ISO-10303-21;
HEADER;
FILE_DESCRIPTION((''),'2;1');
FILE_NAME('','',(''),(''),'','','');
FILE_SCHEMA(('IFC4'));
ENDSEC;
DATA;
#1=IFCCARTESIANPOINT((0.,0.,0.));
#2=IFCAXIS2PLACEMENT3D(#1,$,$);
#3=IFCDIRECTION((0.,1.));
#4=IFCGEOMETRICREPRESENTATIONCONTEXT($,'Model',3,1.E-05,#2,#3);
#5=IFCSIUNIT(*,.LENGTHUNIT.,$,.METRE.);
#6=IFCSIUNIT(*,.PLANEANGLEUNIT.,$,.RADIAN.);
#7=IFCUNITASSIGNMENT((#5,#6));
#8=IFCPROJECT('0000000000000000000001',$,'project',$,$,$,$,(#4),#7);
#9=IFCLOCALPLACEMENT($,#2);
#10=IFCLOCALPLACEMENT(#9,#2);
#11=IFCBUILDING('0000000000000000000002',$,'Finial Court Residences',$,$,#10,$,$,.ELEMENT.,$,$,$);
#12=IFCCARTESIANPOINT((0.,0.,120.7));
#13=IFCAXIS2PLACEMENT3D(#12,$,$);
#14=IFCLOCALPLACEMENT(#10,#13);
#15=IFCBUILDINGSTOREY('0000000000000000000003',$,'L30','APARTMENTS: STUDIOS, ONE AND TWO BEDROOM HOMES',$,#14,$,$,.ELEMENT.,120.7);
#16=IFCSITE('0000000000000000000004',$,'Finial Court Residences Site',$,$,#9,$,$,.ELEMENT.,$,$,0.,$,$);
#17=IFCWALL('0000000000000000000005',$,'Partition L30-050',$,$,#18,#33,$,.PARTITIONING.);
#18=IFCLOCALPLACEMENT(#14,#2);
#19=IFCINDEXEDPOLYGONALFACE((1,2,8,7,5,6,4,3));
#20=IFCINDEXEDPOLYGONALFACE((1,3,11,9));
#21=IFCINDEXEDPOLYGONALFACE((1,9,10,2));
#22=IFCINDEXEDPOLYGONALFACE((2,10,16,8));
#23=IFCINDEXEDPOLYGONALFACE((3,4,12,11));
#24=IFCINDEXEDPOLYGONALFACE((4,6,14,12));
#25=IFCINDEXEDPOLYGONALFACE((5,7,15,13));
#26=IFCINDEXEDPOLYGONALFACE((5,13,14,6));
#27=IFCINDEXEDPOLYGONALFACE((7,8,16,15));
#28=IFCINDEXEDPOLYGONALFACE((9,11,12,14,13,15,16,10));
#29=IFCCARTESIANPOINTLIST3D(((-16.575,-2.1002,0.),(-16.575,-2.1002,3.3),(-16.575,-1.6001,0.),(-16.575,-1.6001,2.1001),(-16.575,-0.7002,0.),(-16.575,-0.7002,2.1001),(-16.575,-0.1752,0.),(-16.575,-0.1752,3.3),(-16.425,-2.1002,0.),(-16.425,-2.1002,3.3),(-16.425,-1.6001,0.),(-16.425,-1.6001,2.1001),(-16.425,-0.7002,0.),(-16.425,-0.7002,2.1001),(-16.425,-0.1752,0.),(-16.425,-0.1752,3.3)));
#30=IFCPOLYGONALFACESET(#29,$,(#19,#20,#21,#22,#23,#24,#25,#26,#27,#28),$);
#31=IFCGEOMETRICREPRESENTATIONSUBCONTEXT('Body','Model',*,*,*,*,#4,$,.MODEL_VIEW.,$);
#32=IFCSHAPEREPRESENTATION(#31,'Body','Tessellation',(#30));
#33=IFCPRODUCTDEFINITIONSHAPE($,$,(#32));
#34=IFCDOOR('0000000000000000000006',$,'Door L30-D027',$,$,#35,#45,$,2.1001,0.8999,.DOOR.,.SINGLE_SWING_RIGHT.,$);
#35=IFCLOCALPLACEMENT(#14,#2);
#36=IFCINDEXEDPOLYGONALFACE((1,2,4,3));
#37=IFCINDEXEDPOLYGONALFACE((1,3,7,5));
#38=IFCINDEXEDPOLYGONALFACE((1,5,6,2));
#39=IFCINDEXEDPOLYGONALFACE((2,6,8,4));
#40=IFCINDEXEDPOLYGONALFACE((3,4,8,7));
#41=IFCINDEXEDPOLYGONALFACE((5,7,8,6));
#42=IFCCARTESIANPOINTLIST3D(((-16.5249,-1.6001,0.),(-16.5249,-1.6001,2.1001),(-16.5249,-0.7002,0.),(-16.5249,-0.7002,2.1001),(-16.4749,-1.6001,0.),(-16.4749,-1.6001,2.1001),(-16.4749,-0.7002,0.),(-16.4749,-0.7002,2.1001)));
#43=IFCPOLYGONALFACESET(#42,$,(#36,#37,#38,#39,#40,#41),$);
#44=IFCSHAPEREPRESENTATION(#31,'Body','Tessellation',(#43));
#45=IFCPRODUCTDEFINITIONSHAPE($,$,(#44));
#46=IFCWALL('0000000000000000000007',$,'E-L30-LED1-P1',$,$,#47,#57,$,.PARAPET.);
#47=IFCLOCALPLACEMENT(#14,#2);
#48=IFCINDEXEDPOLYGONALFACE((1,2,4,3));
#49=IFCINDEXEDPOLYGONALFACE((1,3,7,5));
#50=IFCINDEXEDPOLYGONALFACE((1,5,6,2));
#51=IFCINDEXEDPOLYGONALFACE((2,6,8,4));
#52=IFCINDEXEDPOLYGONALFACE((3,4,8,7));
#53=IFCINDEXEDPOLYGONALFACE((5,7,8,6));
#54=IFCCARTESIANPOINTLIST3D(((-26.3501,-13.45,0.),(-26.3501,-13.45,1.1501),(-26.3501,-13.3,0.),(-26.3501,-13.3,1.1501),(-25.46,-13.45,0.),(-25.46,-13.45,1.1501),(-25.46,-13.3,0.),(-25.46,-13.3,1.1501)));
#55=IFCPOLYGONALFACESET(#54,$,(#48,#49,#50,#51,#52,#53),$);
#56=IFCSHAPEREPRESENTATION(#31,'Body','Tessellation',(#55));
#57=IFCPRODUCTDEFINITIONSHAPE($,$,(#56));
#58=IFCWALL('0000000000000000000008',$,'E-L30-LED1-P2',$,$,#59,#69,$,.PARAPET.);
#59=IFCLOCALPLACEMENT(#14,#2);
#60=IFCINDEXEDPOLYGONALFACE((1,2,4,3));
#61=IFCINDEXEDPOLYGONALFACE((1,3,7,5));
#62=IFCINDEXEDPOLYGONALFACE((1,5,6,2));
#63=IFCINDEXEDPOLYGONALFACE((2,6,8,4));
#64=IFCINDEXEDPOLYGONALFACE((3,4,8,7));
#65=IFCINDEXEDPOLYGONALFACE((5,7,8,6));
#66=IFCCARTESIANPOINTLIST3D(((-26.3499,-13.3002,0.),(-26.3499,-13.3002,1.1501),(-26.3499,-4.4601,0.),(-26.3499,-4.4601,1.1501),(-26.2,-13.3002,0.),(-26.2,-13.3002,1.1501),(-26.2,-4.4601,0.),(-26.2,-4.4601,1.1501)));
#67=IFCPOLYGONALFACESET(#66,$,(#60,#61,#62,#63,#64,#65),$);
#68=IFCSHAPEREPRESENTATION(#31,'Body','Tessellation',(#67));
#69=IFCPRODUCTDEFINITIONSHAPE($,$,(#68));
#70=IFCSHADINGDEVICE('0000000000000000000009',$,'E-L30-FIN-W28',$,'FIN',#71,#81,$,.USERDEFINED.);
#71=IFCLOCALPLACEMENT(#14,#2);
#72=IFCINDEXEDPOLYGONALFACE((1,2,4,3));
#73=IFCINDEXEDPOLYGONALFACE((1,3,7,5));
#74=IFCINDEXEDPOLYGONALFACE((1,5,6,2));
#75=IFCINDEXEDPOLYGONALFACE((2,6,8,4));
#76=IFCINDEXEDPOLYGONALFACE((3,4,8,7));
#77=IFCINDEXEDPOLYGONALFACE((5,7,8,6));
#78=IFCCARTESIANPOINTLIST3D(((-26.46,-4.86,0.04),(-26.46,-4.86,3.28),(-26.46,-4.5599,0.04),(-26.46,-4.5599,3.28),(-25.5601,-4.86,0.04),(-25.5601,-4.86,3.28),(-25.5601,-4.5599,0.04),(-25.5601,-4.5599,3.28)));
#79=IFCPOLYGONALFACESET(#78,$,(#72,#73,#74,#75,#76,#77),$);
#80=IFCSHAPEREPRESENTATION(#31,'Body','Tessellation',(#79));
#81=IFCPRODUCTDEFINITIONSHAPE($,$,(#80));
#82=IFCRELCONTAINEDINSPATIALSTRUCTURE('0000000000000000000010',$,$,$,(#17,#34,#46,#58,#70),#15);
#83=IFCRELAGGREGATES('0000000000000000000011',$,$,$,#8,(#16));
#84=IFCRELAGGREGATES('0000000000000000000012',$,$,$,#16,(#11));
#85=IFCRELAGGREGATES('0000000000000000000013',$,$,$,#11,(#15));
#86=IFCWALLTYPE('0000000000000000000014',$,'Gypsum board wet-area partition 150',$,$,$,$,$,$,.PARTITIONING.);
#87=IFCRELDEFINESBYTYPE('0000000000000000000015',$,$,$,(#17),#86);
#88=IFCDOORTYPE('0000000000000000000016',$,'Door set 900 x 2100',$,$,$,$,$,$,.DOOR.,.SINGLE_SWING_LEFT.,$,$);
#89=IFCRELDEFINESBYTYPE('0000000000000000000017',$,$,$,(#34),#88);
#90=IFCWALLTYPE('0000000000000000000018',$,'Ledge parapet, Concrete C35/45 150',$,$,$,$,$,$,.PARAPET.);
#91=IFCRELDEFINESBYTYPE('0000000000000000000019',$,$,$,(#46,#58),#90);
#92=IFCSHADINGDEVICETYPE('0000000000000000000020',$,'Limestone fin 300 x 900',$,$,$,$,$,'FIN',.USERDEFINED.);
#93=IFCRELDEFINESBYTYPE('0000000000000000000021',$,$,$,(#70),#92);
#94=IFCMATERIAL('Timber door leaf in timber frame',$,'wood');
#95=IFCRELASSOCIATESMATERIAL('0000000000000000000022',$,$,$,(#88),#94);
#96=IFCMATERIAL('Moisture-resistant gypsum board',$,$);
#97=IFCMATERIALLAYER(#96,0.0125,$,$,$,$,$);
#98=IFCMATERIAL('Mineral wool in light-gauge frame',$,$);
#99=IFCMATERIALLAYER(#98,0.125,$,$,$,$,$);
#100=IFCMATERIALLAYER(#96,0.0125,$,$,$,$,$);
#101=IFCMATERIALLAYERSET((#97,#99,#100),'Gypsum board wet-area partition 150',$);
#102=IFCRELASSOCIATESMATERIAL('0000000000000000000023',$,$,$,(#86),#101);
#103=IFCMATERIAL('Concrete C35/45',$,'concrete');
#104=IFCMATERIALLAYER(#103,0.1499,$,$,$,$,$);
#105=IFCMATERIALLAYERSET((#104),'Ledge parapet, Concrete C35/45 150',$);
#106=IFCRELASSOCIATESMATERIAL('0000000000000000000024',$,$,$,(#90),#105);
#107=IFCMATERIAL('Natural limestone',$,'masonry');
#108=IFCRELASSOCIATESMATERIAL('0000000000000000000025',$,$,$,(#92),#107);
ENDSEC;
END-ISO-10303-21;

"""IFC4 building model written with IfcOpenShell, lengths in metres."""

from ifc_helpers import new_model, si_unit, direction, frame, frame_2d, origin, origin_2d, place, context, subcontext, project, spatial, rectangle, extrude, material, layer, layer_set, type_object, element, fill, save


model = new_model("IFC4")

# Units and contexts
model_context = context("Model", 3, precision=1e-05, world=origin(), true_north=direction((0.0, 1.0)))
body_context = subcontext(model_context, "Body", "Model", "MODEL_VIEW")
ifc_project = project(units=[si_unit("LENGTHUNIT", "METRE"), si_unit("PLANEANGLEUNIT", "RADIAN")], contexts=[model_context])

# Site, building, storey
site_placement = place(None, origin())
site = spatial("IfcSite", under=ifc_project, at=site_placement, Name="Finial Court Residences Site", CompositionType="ELEMENT", RefElevation=0.0)
building_placement = place(site_placement, origin())
building = spatial("IfcBuilding", under=site, at=building_placement, Name="Finial Court Residences", CompositionType="ELEMENT")
storey_placement = place(building_placement, frame((0.0, 0.0, 120.7)))
storey = spatial("IfcBuildingStorey", under=building, at=storey_placement, Name="L30", Description="APARTMENTS: STUDIOS, ONE AND TWO BEDROOM HOMES", CompositionType="ELEMENT", Elevation=120.7)

# Shared definitions
ifc_material_1 = material(Name="Mineral wool in light-gauge frame")
ifc_material_2 = material(Name="Timber door leaf in timber frame", Category="wood")
door_type_1 = type_object("IfcDoorType", Name="Door set 900 x 2100", OperationType="SINGLE_SWING_LEFT", PredefinedType="DOOR", material=ifc_material_2)

# Shared definitions
ifc_material_3 = material(Name="Moisture-resistant gypsum board")
ifc_layer_1 = layer(ifc_material_3, 0.0125)
ifc_layer_2 = layer(ifc_material_1, 0.125)
ifc_layer_3 = layer(ifc_material_3, 0.0125)
ifc_layer_set_1 = layer_set([ifc_layer_1, ifc_layer_2, ifc_layer_3], Name="Gypsum board wet-area partition 150")
wall_type_1 = type_object("IfcWallType", Name="Gypsum board wet-area partition 150", PredefinedType="PARTITIONING", material=ifc_layer_set_1)

# Wall, opening, door
wall_1_placement = place(storey_placement, frame((-16.5, -2.1001, 0.0), z_axis=(0.0, 0.0, 1.0), x_axis=(0.0, 1.0, 0.0)))
wall_1 = element("IfcWall", 1, at=wall_1_placement, inside=storey, type_object=wall_type_1, Name="Partition L30-050", PredefinedType="PARTITIONING", context=body_context, shape_type="SweptSolid", body=[
    extrude(rectangle(XDim=1.925, YDim=0.1499, at=frame_2d((0.9624, 0.0))), origin(), (0.0, 0.0, 1.0), 3.3),
])
opening_1_placement = place(wall_1_placement, frame((0.5, 0.0, 0.0)))
opening_1 = element("IfcOpeningElement", 2, at=opening_1_placement, cuts=wall_1, PredefinedType="OPENING", context=body_context, shape_type="SweptSolid", body=[
    extrude(rectangle(XDim=0.8999, YDim=2.1001, at=frame_2d((0.45, 1.05))), frame((0.0, 0.085, 0.0), z_axis=(0.0, -1.0, 0.0), x_axis=(1.0, 0.0, 0.0)), (0.0, 0.0, 1.0), 0.1699),
])
door_1_placement = place(opening_1_placement, origin())
door_1 = element("IfcDoor", 3, at=door_1_placement, inside=storey, type_object=door_type_1, Name="Door L30-D027", OperationType="SINGLE_SWING_RIGHT", OverallHeight=2.1001, OverallWidth=0.8999, PredefinedType="DOOR", context=body_context, shape_type="SweptSolid", body=[
    extrude(rectangle(XDim=0.8999, YDim=2.1001, at=frame_2d((0.45, 1.05))), frame((0.0, 0.0249, 0.0), z_axis=(0.0, -1.0, 0.0), x_axis=(1.0, 0.0, 0.0)), (0.0, 0.0, 1.0), 0.05),
])
fill(opening_1, door_1)

# Walls
ifc_material_4 = material(Name="Concrete C35/45", Category="concrete")
ifc_layer_4 = layer(ifc_material_4, 0.1499)
ifc_layer_set_2 = layer_set([ifc_layer_4], Name="Ledge parapet, Concrete C35/45 150")
wall_type_2 = type_object("IfcWallType", Name="Ledge parapet, Concrete C35/45 150", PredefinedType="PARAPET", material=ifc_layer_set_2)
wall_2_placement = place(storey_placement, frame((-25.46, -13.375, 0.0), z_axis=(0.0, 0.0, 1.0), x_axis=(-1.0, 0.0, 0.0)))
element("IfcWall", 4, at=wall_2_placement, inside=storey, type_object=wall_type_2, Name="E-L30-LED1-P1", PredefinedType="PARAPET", context=body_context, shape_type="SweptSolid", body=[
    extrude(rectangle(XDim=0.8901, YDim=0.1499, at=frame_2d((0.4451, 0.0))), origin(), (0.0, 0.0, 1.0), 1.1501),
])
wall_3_placement = place(storey_placement, frame((-26.2749, -13.3, 0.0), z_axis=(0.0, 0.0, 1.0), x_axis=(0.0, 1.0, 0.0)))
element("IfcWall", 5, at=wall_3_placement, inside=storey, type_object=wall_type_2, Name="E-L30-LED1-P2", PredefinedType="PARAPET", context=body_context, shape_type="SweptSolid", body=[
    extrude(rectangle(XDim=8.8401, YDim=0.1499, at=frame_2d((4.4199, 0.0))), origin(), (0.0, 0.0, 1.0), 1.1501),
])

# Shading device
ifc_material_5 = material(Name="Natural limestone", Category="masonry")
shading_device_type = type_object("IfcShadingDeviceType", Name="Limestone fin 300 x 900", ElementType="FIN", PredefinedType="USERDEFINED", material=ifc_material_5)
shading_device_placement = place(storey_placement, frame((-26.01, -4.71, 0.04), z_axis=(0.0, 0.0, 1.0), x_axis=(1.0, 0.0, 0.0)))
element("IfcShadingDevice", 6, at=shading_device_placement, inside=storey, type_object=shading_device_type, Name="E-L30-FIN-W28", ObjectType="FIN", PredefinedType="USERDEFINED", context=body_context, shape_type="SweptSolid", body=[
    extrude(rectangle(XDim=0.8999, YDim=0.3, at=origin_2d()), origin(), (0.0, 0.0, 1.0), 3.24),
])

save(model, "model.ifc")
